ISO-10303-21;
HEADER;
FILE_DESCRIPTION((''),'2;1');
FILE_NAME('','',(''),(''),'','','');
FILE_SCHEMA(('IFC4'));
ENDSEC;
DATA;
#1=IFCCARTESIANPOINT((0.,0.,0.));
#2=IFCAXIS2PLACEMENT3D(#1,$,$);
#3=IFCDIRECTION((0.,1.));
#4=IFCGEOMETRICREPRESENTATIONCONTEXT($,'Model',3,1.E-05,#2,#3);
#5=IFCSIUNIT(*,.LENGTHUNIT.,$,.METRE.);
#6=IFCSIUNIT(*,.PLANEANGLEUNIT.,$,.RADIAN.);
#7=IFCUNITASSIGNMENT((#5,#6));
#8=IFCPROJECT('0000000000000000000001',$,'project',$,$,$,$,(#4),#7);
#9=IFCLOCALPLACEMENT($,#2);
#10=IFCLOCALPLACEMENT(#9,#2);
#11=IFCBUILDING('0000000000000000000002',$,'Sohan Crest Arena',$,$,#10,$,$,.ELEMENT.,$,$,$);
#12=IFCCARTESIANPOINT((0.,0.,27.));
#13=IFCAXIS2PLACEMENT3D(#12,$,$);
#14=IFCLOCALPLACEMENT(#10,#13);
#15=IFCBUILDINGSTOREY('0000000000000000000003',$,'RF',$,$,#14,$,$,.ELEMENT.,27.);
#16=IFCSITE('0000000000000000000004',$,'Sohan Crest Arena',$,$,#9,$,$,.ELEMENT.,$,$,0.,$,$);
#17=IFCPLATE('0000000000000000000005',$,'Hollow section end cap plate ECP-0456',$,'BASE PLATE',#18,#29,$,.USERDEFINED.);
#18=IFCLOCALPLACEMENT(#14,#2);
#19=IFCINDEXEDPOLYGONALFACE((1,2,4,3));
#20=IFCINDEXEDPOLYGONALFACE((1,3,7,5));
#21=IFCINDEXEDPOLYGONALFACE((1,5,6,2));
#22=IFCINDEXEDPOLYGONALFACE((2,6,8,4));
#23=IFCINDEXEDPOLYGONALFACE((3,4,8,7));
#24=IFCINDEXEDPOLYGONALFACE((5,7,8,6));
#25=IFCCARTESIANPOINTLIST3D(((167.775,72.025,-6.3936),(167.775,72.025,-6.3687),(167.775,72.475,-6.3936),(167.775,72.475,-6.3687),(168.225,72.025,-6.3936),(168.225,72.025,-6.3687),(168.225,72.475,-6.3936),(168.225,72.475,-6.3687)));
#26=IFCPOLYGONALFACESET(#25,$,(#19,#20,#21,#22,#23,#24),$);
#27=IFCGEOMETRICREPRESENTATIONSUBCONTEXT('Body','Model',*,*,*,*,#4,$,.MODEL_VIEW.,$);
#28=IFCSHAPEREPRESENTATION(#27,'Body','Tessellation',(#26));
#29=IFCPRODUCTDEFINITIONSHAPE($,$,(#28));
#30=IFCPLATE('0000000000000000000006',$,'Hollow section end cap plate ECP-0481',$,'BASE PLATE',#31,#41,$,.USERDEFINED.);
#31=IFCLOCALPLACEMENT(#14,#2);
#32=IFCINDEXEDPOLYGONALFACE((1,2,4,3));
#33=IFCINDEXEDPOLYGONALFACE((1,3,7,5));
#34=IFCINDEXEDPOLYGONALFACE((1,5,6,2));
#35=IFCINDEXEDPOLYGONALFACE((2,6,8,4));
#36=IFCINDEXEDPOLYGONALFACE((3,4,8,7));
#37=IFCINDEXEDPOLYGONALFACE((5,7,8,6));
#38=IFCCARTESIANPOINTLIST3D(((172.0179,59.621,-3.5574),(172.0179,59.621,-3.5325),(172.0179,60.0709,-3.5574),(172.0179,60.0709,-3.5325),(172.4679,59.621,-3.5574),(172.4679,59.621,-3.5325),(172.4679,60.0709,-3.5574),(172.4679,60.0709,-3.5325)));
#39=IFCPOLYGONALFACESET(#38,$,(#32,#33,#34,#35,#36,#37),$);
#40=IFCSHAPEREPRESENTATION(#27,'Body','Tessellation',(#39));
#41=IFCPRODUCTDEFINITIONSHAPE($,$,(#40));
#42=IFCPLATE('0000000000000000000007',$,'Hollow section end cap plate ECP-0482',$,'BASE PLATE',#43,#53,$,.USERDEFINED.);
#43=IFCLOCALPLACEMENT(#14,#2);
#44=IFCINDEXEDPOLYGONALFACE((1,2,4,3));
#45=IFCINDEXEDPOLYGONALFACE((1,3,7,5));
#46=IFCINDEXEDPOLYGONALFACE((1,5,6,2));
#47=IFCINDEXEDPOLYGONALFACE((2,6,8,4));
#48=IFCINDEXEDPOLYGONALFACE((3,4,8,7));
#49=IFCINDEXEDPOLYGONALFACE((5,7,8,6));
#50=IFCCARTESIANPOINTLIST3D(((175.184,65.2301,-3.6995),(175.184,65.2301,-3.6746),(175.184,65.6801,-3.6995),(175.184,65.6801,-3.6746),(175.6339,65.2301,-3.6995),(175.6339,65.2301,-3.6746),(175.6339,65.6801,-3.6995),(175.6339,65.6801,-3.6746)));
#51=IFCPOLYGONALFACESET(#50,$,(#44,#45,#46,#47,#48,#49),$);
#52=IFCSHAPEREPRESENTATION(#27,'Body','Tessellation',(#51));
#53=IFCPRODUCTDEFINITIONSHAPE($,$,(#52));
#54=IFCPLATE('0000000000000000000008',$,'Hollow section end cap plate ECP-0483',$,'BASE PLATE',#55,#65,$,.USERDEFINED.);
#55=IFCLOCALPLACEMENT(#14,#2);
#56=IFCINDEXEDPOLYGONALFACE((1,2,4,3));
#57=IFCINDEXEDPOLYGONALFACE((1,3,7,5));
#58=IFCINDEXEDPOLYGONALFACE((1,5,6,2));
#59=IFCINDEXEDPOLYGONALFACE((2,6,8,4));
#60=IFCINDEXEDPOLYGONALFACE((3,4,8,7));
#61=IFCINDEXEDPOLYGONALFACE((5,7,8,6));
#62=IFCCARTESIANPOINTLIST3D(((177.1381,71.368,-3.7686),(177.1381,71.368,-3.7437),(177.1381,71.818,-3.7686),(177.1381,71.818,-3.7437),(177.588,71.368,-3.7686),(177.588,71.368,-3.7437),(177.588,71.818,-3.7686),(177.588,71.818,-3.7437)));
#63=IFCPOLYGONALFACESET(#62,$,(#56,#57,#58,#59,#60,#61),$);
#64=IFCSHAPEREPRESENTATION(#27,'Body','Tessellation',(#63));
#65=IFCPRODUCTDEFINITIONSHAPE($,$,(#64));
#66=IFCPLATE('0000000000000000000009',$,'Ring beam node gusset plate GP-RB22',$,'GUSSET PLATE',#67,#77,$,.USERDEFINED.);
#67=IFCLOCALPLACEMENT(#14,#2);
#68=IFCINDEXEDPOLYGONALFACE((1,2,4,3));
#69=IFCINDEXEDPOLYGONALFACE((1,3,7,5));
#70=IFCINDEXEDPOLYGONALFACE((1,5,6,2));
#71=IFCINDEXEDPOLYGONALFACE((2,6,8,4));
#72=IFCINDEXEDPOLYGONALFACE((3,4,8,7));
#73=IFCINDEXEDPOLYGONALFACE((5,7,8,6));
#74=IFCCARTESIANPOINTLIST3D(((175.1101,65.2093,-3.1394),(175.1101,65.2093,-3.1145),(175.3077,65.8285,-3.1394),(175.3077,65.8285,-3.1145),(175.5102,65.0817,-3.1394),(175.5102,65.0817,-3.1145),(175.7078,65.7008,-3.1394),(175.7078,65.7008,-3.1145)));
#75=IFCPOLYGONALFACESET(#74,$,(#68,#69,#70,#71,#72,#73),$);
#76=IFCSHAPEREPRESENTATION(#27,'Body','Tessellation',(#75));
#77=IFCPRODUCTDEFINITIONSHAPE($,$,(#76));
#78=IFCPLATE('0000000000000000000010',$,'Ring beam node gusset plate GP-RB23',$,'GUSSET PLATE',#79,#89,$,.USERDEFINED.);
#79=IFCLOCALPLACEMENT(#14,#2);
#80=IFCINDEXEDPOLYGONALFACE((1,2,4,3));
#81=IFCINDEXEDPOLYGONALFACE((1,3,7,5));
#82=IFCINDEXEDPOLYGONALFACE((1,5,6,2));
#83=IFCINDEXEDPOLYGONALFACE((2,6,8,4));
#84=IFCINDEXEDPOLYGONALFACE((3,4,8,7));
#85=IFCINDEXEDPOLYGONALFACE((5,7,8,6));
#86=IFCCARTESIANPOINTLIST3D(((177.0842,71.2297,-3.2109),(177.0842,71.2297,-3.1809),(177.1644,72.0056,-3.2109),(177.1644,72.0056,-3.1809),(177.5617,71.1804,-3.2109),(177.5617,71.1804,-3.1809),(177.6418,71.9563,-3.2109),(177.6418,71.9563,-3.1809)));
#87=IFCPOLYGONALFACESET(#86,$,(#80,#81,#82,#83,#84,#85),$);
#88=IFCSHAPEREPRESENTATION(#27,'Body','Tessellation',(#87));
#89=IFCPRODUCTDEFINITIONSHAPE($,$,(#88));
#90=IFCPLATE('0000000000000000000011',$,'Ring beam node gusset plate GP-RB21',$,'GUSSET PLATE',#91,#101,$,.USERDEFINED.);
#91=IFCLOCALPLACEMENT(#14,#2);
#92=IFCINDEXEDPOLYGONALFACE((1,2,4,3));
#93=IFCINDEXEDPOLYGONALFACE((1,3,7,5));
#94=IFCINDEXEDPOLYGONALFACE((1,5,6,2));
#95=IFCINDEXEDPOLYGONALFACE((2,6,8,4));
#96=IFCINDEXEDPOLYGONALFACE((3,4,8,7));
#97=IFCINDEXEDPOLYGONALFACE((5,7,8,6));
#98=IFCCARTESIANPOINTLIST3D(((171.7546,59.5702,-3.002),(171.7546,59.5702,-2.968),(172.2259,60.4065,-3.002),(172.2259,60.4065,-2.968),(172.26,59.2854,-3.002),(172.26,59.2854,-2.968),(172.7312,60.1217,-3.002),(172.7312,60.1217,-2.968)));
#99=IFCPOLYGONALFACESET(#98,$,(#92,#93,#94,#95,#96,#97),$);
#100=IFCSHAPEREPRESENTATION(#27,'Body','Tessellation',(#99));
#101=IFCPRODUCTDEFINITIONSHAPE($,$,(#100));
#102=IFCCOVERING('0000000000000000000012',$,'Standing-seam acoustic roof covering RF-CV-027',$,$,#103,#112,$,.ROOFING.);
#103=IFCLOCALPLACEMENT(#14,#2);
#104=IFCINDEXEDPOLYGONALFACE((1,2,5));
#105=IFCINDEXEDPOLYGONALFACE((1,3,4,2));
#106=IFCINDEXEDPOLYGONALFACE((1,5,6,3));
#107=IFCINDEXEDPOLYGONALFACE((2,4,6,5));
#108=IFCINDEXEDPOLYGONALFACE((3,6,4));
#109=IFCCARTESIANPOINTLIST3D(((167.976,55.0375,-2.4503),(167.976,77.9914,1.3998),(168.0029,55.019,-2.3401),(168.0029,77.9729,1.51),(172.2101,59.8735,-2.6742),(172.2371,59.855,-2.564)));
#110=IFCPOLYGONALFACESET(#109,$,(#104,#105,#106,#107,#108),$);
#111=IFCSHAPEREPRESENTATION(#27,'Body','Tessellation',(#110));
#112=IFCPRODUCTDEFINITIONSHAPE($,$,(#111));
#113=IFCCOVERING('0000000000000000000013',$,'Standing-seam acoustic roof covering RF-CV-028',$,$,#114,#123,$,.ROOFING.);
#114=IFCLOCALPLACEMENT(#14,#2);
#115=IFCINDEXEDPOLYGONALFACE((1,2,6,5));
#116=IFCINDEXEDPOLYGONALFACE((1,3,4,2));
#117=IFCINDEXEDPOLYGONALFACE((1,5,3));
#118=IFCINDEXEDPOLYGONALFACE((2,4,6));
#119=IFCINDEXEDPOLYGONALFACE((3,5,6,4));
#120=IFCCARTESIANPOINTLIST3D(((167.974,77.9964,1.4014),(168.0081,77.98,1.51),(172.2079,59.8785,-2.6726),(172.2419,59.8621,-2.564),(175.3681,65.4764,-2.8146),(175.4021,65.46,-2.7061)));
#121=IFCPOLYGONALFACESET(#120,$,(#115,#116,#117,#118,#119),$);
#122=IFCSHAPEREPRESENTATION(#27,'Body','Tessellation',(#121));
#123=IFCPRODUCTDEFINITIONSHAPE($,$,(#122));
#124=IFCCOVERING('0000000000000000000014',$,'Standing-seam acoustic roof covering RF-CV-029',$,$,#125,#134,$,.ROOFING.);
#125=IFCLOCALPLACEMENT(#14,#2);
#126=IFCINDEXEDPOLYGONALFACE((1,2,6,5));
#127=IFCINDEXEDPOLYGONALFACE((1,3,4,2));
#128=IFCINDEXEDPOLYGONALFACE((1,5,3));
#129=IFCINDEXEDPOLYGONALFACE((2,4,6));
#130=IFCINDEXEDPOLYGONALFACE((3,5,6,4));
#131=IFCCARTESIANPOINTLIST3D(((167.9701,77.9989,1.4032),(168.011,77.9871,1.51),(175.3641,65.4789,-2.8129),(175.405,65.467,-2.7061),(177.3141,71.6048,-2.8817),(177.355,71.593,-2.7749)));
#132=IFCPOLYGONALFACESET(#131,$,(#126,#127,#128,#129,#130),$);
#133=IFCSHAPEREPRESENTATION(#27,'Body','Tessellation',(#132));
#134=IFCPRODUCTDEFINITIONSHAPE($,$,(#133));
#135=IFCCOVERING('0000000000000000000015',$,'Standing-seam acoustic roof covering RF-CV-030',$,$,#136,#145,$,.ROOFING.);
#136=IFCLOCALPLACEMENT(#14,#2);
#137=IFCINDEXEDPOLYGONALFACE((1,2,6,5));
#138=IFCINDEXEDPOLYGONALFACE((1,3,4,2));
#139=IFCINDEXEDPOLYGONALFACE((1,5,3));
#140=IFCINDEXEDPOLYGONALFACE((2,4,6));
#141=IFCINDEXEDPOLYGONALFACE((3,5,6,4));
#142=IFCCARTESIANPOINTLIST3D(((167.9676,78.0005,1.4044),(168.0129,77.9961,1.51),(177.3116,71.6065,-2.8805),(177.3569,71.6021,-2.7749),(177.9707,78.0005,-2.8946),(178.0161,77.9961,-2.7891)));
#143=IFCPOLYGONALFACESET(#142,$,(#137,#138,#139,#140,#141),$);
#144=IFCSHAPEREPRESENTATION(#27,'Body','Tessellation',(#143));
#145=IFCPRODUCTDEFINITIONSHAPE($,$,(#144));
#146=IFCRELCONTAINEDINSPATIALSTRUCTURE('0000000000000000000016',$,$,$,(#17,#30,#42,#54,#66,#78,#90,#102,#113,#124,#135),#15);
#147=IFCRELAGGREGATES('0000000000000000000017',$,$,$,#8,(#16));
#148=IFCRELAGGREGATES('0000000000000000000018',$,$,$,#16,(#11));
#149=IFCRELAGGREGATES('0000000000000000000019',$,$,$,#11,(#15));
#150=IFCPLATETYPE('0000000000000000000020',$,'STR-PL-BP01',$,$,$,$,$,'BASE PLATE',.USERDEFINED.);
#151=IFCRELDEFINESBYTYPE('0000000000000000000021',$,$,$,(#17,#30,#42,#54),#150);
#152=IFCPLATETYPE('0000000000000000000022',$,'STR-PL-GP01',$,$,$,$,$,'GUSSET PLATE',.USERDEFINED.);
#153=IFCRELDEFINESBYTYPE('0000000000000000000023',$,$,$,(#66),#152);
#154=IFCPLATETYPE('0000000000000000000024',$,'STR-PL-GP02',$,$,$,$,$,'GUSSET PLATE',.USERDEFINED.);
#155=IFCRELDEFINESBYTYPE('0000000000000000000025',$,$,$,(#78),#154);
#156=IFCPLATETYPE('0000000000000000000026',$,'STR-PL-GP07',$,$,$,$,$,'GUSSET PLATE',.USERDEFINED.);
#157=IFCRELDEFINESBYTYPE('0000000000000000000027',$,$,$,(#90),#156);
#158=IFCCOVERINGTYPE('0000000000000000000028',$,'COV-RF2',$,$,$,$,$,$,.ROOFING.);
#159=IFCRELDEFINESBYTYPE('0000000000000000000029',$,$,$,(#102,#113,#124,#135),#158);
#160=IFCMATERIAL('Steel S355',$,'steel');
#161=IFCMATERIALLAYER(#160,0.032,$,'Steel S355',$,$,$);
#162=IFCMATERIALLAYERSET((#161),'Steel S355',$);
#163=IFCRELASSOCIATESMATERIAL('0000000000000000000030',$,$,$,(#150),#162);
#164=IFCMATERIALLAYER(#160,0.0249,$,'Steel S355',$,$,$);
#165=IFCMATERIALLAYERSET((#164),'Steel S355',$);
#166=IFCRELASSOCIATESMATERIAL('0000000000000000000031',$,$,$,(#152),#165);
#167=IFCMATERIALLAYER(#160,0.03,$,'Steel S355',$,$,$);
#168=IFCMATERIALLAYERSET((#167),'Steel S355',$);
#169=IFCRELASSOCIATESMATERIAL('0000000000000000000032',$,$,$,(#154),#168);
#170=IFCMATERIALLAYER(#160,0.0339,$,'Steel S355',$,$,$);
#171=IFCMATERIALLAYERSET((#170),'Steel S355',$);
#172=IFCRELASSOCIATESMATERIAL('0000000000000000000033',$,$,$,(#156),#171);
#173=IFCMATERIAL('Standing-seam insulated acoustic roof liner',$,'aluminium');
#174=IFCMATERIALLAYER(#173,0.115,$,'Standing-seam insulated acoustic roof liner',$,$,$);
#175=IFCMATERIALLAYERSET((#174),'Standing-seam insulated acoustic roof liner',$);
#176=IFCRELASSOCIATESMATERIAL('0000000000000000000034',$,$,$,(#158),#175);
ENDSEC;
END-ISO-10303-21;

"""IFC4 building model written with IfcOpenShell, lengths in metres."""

from ifc_helpers import new_model, si_unit, direction, frame, origin, origin_2d, place, context, subcontext, project, spatial, polyline, rectangle, outline, extrude, material, layer, layer_set, type_object, element, save


model = new_model("IFC4")

# Units and contexts
model_context = context("Model", 3, precision=1e-05, world=origin(), true_north=direction((0.0, 1.0)))
body_context = subcontext(model_context, "Body", "Model", "MODEL_VIEW")
ifc_project = project(units=[si_unit("LENGTHUNIT", "METRE"), si_unit("PLANEANGLEUNIT", "RADIAN")], contexts=[model_context])

# Site, building, storey
site_placement = place(None, origin())
site = spatial("IfcSite", under=ifc_project, at=site_placement, Name="Sohan Crest Arena", CompositionType="ELEMENT", RefElevation=0.0)
building_placement = place(site_placement, origin())
building = spatial("IfcBuilding", under=site, at=building_placement, Name="Sohan Crest Arena", CompositionType="ELEMENT")
storey_placement = place(building_placement, frame((0.0, 0.0, 27.0)))
storey = spatial("IfcBuildingStorey", under=building, at=storey_placement, Name="RF", CompositionType="ELEMENT", Elevation=27.0)

# Shared definitions
ifc_material_1 = material(Name="Steel S355", Category="steel")

# Plates
ifc_layer_1 = layer(ifc_material_1, 0.032, Name="Steel S355")
ifc_layer_set_1 = layer_set([ifc_layer_1], Name="Steel S355")
plate_type_1 = type_object("IfcPlateType", Name="STR-PL-BP01", ElementType="BASE PLATE", PredefinedType="USERDEFINED", material=ifc_layer_set_1)
for number, where, z_axis, x_axis, name in (
    (1, (168.0, 72.25, -6.3936), (0.0, 0.0, 1.0), (1.0, 0.0, 0.0), "Hollow section end cap plate ECP-0456"),
    (2, (172.2429, 59.8459, -3.5574), (0.0, 0.0, 1.0), (1.0, 0.0, 0.0), "Hollow section end cap plate ECP-0481"),
    (3, (175.4089, 65.4551, -3.6995), (0.0, 0.0, 1.0), (1.0, 0.0, 0.0), "Hollow section end cap plate ECP-0482"),
    (4, (177.363, 71.593, -3.7686), (0.0, 0.0, 1.0), (1.0, 0.0, 0.0), "Hollow section end cap plate ECP-0483"),
):
    element("IfcPlate", number, at=place(storey_placement, frame(where, z_axis=z_axis, x_axis=x_axis)), inside=storey, type_object=plate_type_1, Name=name, ObjectType="BASE PLATE", PredefinedType="USERDEFINED", context=body_context, shape_type="SweptSolid", body=[
        extrude(rectangle(XDim=0.45, YDim=0.45, at=origin_2d()), origin(), (0.0, 0.0, 1.0), 0.0249),
    ])
ifc_layer_2 = layer(ifc_material_1, 0.0249, Name="Steel S355")
ifc_layer_set_2 = layer_set([ifc_layer_2], Name="Steel S355")
plate_type_2 = type_object("IfcPlateType", Name="STR-PL-GP01", ElementType="GUSSET PLATE", PredefinedType="USERDEFINED", material=ifc_layer_set_2)
plate_1_placement = place(storey_placement, frame((175.4089, 65.4551, -3.1394), z_axis=(0.0, 0.0, 1.0), x_axis=(0.304033, 0.952661, 0.0)))
element("IfcPlate", 5, at=plate_1_placement, inside=storey, type_object=plate_type_2, Name="Ring beam node gusset plate GP-RB22", ObjectType="GUSSET PLATE", PredefinedType="USERDEFINED", context=body_context, shape_type="SweptSolid", body=[
    extrude(rectangle(XDim=0.6499, YDim=0.4199, at=origin_2d()), origin(), (0.0, 0.0, 1.0), 0.0249),
])
ifc_layer_3 = layer(ifc_material_1, 0.03, Name="Steel S355")
ifc_layer_set_3 = layer_set([ifc_layer_3], Name="Steel S355")
plate_type_3 = type_object("IfcPlateType", Name="STR-PL-GP02", ElementType="GUSSET PLATE", PredefinedType="USERDEFINED", material=ifc_layer_set_3)
plate_2_placement = place(storey_placement, frame((177.363, 71.593, -3.2109), z_axis=(0.0, 0.0, 1.0), x_axis=(0.102793, 0.994703, 0.0)))
element("IfcPlate", 6, at=plate_2_placement, inside=storey, type_object=plate_type_3, Name="Ring beam node gusset plate GP-RB23", ObjectType="GUSSET PLATE", PredefinedType="USERDEFINED", context=body_context, shape_type="SweptSolid", body=[
    extrude(rectangle(XDim=0.78, YDim=0.48, at=origin_2d()), origin(), (0.0, 0.0, 1.0), 0.03),
])
ifc_layer_4 = layer(ifc_material_1, 0.0339, Name="Steel S355")
ifc_layer_set_4 = layer_set([ifc_layer_4], Name="Steel S355")
plate_type_4 = type_object("IfcPlateType", Name="STR-PL-GP07", ElementType="GUSSET PLATE", PredefinedType="USERDEFINED", material=ifc_layer_set_4)
plate_3_placement = place(storey_placement, frame((172.2429, 59.8459, -3.002), z_axis=(0.0, 0.0, 1.0), x_axis=(0.490904, 0.871214, 0.0)))
element("IfcPlate", 7, at=plate_3_placement, inside=storey, type_object=plate_type_4, Name="Ring beam node gusset plate GP-RB21", ObjectType="GUSSET PLATE", PredefinedType="USERDEFINED", context=body_context, shape_type="SweptSolid", body=[
    extrude(rectangle(XDim=0.96, YDim=0.5801, at=origin_2d()), origin(), (0.0, 0.0, 1.0), 0.0339),
])

# Coverings
ifc_material_2 = material(Name="Standing-seam insulated acoustic roof liner", Category="aluminium")
ifc_layer_5 = layer(ifc_material_2, 0.115, Name="Standing-seam insulated acoustic roof liner")
ifc_layer_set_5 = layer_set([ifc_layer_5], Name="Standing-seam insulated acoustic roof liner")
covering_type = type_object("IfcCoveringType", Name="COV-RF2", PredefinedType="ROOFING", material=ifc_layer_set_5)
covering_1_placement = place(storey_placement, frame((168.0029, 55.019, -2.3401), z_axis=(0.234364, -0.160814, 0.958756), x_axis=(0.658342, 0.751914, -0.034809)))
element("IfcCovering", 8, at=covering_1_placement, inside=storey, type_object=covering_type, Name="Standing-seam acoustic roof covering RF-CV-027", PredefinedType="ROOFING", context=body_context, shape_type="SweptSolid", body=[
    extrude(outline(polyline([(0.0, 0.0), (6.4315, 0.0), (17.1253, 15.7616), (0.0, 0.0)])), origin(), (0.0, 0.0, -1.0), 0.115),
])
covering_2_placement = place(storey_placement, frame((172.2419, 59.8621, -2.564), z_axis=(0.296065, -0.143166, 0.944378), x_axis=(0.49148, 0.870608, -0.022098)))
element("IfcCovering", 9, at=covering_2_placement, inside=storey, type_object=covering_type, Name="Standing-seam acoustic roof covering RF-CV-028", PredefinedType="ROOFING", context=body_context, shape_type="SweptSolid", body=[
    extrude(outline(polyline([(0.0, 0.0), (6.4299, 0.0), (13.6027, 13.3322), (0.0, 0.0)])), origin(), (0.0, 0.0, -1.0), 0.115),
])
covering_3_placement = place(storey_placement, frame((175.405, 65.467, -2.7061), z_axis=(0.355665, -0.102771, 0.928946), x_axis=(0.303296, 0.952836, -0.010709)))
element("IfcCovering", 10, at=covering_3_placement, inside=storey, type_object=covering_type, Name="Standing-seam acoustic roof covering RF-CV-029", PredefinedType="ROOFING", context=body_context, shape_type="SweptSolid", body=[
    extrude(outline(polyline([(0.0, 0.0), (6.4292, 0.0), (9.6418, 11.6719), (0.0, 0.0)])), origin(), (0.0, 0.0, -1.0), 0.115),
])
covering_4_placement = place(storey_placement, frame((177.3569, 71.6021, -2.7749), z_axis=(0.394555, -0.038643, 0.918059), x_axis=(0.102549, 0.994726, -0.002203)))
element("IfcCovering", 11, at=covering_4_placement, inside=storey, type_object=covering_type, Name="Standing-seam acoustic roof covering RF-CV-030", PredefinedType="ROOFING", context=body_context, shape_type="SweptSolid", body=[
    extrude(outline(polyline([(0.0, 0.0), (6.4279, 0.0), (5.3927, 10.8385), (0.0, 0.0)])), origin(), (0.0, 0.0, -1.0), 0.115),
])

save(model, "model.ifc")
